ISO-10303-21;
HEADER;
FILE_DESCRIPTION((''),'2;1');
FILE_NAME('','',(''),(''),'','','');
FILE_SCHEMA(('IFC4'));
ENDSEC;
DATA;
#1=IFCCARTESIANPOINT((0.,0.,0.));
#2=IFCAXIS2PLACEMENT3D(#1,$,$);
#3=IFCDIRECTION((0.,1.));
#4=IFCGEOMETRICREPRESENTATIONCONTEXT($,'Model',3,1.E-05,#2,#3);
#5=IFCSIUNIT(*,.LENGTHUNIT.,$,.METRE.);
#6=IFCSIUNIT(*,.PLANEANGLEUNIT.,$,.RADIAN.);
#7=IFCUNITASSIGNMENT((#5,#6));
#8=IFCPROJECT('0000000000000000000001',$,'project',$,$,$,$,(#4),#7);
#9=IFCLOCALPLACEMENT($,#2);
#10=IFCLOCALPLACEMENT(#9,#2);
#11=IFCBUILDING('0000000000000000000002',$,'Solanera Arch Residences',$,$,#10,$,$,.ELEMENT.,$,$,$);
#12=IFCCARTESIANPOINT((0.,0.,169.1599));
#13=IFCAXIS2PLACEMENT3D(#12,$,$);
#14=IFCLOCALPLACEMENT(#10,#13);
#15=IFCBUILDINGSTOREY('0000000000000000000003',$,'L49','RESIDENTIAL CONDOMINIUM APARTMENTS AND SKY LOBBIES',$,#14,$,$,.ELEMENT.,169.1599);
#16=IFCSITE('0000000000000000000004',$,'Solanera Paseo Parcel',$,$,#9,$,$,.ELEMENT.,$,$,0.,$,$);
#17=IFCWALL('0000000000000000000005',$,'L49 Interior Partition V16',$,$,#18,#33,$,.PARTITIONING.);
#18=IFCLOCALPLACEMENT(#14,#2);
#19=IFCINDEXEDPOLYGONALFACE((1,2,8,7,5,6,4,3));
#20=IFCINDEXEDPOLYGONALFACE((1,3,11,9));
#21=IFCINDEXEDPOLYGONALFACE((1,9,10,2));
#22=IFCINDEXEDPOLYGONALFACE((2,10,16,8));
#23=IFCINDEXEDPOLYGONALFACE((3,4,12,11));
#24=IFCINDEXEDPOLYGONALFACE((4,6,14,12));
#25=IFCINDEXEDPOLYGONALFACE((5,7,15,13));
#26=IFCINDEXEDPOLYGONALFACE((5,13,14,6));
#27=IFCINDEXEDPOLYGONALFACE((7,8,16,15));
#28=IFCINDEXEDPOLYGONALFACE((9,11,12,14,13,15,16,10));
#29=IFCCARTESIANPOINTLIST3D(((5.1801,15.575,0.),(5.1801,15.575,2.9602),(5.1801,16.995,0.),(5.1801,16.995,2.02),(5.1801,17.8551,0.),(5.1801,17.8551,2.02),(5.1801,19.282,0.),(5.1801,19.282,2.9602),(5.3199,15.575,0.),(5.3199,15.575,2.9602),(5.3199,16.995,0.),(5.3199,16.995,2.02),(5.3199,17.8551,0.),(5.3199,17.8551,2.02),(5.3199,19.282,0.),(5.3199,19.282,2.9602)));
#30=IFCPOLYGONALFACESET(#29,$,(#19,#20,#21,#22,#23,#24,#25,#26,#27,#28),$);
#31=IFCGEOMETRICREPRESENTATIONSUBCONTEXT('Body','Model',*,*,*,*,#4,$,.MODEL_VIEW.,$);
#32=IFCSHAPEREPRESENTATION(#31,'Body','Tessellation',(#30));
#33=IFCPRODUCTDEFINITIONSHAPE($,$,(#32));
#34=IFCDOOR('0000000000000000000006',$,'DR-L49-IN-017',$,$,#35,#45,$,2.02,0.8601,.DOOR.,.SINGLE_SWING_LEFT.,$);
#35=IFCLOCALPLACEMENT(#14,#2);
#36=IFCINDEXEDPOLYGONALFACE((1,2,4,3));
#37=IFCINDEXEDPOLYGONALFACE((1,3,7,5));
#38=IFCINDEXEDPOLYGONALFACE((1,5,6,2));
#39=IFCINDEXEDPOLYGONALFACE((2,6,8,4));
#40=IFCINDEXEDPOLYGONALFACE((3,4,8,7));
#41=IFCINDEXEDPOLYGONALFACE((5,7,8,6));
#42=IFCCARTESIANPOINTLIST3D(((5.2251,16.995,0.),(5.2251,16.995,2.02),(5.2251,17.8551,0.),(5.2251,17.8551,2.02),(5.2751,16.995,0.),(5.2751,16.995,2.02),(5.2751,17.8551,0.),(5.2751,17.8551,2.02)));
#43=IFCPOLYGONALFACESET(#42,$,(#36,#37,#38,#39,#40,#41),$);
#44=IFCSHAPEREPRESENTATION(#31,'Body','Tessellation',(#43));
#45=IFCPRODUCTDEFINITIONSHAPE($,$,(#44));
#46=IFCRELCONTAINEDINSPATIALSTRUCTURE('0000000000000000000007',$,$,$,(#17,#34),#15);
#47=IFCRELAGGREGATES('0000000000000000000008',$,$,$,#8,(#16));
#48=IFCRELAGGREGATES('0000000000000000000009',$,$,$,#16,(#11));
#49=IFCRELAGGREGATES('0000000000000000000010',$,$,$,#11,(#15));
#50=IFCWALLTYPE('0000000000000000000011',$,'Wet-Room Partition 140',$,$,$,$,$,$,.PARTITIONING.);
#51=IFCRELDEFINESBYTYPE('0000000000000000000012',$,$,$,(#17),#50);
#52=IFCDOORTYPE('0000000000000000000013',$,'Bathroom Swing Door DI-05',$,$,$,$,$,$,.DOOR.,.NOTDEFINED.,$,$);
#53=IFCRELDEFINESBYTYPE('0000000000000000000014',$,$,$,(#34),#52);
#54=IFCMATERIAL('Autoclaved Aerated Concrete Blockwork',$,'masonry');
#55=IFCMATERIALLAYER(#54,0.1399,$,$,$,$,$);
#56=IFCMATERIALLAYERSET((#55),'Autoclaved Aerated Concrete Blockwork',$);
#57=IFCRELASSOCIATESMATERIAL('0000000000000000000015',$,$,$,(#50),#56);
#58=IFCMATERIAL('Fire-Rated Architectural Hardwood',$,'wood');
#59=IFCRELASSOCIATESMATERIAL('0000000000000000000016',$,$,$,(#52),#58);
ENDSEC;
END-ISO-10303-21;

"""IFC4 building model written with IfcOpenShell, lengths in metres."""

from ifc_helpers import new_model, si_unit, direction, frame, frame_2d, origin, place, context, subcontext, project, spatial, rectangle, extrude, material, layer, layer_set, type_object, element, fill, save


model = new_model("IFC4")

# Units and contexts
model_context = context("Model", 3, precision=1e-05, world=origin(), true_north=direction((0.0, 1.0)))
body_context = subcontext(model_context, "Body", "Model", "MODEL_VIEW")
ifc_project = project(units=[si_unit("LENGTHUNIT", "METRE"), si_unit("PLANEANGLEUNIT", "RADIAN")], contexts=[model_context])

# Site, building, storey
site_placement = place(None, origin())
site = spatial("IfcSite", under=ifc_project, at=site_placement, Name="Solanera Paseo Parcel", CompositionType="ELEMENT", RefElevation=0.0)
building_placement = place(site_placement, origin())
building = spatial("IfcBuilding", under=site, at=building_placement, Name="Solanera Arch Residences", CompositionType="ELEMENT")
storey_placement = place(building_placement, frame((0.0, 0.0, 169.1599)))
storey = spatial("IfcBuildingStorey", under=building, at=storey_placement, Name="L49", Description="RESIDENTIAL CONDOMINIUM APARTMENTS AND SKY LOBBIES", CompositionType="ELEMENT", Elevation=169.1599)

# Wall, opening, door
ifc_material_1 = material(Name="Autoclaved Aerated Concrete Blockwork", Category="masonry")
ifc_layer_1 = layer(ifc_material_1, 0.1399)
ifc_layer_set_1 = layer_set([ifc_layer_1], Name="Autoclaved Aerated Concrete Blockwork")
wall_type_1 = type_object("IfcWallType", Name="Wet-Room Partition 140", PredefinedType="PARTITIONING", material=ifc_layer_set_1)
wall_1_placement = place(storey_placement, frame((5.25, 15.575, 0.0), z_axis=(0.0, 0.0, 1.0), x_axis=(0.0, 1.0, 0.0)))
wall_1 = element("IfcWall", 1, at=wall_1_placement, inside=storey, type_object=wall_type_1, Name="L49 Interior Partition V16", PredefinedType="PARTITIONING", context=body_context, shape_type="SweptSolid", body=[
    extrude(rectangle(XDim=3.707, YDim=0.1399, at=frame_2d((1.8535, 0.0))), origin(), (0.0, 0.0, 1.0), 2.9602),
])
opening_1_placement = place(wall_1_placement, frame((1.4199, 0.0, 0.0)))
opening_1 = element("IfcOpeningElement", 2, at=opening_1_placement, cuts=wall_1, PredefinedType="OPENING", context=body_context, shape_type="SweptSolid", body=[
    extrude(rectangle(XDim=0.8601, YDim=2.02, at=frame_2d((0.4302, 1.01))), frame((0.0, 0.0798, 0.0), z_axis=(0.0, -1.0, 0.0), x_axis=(1.0, 0.0, 0.0)), (0.0, 0.0, 1.0), 0.1599),
])
ifc_material_2 = material(Name="Fire-Rated Architectural Hardwood", Category="wood")
door_type_1 = type_object("IfcDoorType", Name="Bathroom Swing Door DI-05", OperationType="NOTDEFINED", PredefinedType="DOOR", material=ifc_material_2)
door_1_placement = place(opening_1_placement, origin())
door_1 = element("IfcDoor", 3, at=door_1_placement, inside=storey, type_object=door_type_1, Name="DR-L49-IN-017", OperationType="SINGLE_SWING_LEFT", OverallHeight=2.02, OverallWidth=0.8601, PredefinedType="DOOR", context=body_context, shape_type="SweptSolid", body=[
    extrude(rectangle(XDim=0.8601, YDim=2.02, at=frame_2d((0.4302, 1.01))), frame((0.0, 0.0249, 0.0), z_axis=(0.0, -1.0, 0.0), x_axis=(1.0, 0.0, 0.0)), (0.0, 0.0, 1.0), 0.05),
])
fill(opening_1, door_1)

save(model, "model.ifc")
